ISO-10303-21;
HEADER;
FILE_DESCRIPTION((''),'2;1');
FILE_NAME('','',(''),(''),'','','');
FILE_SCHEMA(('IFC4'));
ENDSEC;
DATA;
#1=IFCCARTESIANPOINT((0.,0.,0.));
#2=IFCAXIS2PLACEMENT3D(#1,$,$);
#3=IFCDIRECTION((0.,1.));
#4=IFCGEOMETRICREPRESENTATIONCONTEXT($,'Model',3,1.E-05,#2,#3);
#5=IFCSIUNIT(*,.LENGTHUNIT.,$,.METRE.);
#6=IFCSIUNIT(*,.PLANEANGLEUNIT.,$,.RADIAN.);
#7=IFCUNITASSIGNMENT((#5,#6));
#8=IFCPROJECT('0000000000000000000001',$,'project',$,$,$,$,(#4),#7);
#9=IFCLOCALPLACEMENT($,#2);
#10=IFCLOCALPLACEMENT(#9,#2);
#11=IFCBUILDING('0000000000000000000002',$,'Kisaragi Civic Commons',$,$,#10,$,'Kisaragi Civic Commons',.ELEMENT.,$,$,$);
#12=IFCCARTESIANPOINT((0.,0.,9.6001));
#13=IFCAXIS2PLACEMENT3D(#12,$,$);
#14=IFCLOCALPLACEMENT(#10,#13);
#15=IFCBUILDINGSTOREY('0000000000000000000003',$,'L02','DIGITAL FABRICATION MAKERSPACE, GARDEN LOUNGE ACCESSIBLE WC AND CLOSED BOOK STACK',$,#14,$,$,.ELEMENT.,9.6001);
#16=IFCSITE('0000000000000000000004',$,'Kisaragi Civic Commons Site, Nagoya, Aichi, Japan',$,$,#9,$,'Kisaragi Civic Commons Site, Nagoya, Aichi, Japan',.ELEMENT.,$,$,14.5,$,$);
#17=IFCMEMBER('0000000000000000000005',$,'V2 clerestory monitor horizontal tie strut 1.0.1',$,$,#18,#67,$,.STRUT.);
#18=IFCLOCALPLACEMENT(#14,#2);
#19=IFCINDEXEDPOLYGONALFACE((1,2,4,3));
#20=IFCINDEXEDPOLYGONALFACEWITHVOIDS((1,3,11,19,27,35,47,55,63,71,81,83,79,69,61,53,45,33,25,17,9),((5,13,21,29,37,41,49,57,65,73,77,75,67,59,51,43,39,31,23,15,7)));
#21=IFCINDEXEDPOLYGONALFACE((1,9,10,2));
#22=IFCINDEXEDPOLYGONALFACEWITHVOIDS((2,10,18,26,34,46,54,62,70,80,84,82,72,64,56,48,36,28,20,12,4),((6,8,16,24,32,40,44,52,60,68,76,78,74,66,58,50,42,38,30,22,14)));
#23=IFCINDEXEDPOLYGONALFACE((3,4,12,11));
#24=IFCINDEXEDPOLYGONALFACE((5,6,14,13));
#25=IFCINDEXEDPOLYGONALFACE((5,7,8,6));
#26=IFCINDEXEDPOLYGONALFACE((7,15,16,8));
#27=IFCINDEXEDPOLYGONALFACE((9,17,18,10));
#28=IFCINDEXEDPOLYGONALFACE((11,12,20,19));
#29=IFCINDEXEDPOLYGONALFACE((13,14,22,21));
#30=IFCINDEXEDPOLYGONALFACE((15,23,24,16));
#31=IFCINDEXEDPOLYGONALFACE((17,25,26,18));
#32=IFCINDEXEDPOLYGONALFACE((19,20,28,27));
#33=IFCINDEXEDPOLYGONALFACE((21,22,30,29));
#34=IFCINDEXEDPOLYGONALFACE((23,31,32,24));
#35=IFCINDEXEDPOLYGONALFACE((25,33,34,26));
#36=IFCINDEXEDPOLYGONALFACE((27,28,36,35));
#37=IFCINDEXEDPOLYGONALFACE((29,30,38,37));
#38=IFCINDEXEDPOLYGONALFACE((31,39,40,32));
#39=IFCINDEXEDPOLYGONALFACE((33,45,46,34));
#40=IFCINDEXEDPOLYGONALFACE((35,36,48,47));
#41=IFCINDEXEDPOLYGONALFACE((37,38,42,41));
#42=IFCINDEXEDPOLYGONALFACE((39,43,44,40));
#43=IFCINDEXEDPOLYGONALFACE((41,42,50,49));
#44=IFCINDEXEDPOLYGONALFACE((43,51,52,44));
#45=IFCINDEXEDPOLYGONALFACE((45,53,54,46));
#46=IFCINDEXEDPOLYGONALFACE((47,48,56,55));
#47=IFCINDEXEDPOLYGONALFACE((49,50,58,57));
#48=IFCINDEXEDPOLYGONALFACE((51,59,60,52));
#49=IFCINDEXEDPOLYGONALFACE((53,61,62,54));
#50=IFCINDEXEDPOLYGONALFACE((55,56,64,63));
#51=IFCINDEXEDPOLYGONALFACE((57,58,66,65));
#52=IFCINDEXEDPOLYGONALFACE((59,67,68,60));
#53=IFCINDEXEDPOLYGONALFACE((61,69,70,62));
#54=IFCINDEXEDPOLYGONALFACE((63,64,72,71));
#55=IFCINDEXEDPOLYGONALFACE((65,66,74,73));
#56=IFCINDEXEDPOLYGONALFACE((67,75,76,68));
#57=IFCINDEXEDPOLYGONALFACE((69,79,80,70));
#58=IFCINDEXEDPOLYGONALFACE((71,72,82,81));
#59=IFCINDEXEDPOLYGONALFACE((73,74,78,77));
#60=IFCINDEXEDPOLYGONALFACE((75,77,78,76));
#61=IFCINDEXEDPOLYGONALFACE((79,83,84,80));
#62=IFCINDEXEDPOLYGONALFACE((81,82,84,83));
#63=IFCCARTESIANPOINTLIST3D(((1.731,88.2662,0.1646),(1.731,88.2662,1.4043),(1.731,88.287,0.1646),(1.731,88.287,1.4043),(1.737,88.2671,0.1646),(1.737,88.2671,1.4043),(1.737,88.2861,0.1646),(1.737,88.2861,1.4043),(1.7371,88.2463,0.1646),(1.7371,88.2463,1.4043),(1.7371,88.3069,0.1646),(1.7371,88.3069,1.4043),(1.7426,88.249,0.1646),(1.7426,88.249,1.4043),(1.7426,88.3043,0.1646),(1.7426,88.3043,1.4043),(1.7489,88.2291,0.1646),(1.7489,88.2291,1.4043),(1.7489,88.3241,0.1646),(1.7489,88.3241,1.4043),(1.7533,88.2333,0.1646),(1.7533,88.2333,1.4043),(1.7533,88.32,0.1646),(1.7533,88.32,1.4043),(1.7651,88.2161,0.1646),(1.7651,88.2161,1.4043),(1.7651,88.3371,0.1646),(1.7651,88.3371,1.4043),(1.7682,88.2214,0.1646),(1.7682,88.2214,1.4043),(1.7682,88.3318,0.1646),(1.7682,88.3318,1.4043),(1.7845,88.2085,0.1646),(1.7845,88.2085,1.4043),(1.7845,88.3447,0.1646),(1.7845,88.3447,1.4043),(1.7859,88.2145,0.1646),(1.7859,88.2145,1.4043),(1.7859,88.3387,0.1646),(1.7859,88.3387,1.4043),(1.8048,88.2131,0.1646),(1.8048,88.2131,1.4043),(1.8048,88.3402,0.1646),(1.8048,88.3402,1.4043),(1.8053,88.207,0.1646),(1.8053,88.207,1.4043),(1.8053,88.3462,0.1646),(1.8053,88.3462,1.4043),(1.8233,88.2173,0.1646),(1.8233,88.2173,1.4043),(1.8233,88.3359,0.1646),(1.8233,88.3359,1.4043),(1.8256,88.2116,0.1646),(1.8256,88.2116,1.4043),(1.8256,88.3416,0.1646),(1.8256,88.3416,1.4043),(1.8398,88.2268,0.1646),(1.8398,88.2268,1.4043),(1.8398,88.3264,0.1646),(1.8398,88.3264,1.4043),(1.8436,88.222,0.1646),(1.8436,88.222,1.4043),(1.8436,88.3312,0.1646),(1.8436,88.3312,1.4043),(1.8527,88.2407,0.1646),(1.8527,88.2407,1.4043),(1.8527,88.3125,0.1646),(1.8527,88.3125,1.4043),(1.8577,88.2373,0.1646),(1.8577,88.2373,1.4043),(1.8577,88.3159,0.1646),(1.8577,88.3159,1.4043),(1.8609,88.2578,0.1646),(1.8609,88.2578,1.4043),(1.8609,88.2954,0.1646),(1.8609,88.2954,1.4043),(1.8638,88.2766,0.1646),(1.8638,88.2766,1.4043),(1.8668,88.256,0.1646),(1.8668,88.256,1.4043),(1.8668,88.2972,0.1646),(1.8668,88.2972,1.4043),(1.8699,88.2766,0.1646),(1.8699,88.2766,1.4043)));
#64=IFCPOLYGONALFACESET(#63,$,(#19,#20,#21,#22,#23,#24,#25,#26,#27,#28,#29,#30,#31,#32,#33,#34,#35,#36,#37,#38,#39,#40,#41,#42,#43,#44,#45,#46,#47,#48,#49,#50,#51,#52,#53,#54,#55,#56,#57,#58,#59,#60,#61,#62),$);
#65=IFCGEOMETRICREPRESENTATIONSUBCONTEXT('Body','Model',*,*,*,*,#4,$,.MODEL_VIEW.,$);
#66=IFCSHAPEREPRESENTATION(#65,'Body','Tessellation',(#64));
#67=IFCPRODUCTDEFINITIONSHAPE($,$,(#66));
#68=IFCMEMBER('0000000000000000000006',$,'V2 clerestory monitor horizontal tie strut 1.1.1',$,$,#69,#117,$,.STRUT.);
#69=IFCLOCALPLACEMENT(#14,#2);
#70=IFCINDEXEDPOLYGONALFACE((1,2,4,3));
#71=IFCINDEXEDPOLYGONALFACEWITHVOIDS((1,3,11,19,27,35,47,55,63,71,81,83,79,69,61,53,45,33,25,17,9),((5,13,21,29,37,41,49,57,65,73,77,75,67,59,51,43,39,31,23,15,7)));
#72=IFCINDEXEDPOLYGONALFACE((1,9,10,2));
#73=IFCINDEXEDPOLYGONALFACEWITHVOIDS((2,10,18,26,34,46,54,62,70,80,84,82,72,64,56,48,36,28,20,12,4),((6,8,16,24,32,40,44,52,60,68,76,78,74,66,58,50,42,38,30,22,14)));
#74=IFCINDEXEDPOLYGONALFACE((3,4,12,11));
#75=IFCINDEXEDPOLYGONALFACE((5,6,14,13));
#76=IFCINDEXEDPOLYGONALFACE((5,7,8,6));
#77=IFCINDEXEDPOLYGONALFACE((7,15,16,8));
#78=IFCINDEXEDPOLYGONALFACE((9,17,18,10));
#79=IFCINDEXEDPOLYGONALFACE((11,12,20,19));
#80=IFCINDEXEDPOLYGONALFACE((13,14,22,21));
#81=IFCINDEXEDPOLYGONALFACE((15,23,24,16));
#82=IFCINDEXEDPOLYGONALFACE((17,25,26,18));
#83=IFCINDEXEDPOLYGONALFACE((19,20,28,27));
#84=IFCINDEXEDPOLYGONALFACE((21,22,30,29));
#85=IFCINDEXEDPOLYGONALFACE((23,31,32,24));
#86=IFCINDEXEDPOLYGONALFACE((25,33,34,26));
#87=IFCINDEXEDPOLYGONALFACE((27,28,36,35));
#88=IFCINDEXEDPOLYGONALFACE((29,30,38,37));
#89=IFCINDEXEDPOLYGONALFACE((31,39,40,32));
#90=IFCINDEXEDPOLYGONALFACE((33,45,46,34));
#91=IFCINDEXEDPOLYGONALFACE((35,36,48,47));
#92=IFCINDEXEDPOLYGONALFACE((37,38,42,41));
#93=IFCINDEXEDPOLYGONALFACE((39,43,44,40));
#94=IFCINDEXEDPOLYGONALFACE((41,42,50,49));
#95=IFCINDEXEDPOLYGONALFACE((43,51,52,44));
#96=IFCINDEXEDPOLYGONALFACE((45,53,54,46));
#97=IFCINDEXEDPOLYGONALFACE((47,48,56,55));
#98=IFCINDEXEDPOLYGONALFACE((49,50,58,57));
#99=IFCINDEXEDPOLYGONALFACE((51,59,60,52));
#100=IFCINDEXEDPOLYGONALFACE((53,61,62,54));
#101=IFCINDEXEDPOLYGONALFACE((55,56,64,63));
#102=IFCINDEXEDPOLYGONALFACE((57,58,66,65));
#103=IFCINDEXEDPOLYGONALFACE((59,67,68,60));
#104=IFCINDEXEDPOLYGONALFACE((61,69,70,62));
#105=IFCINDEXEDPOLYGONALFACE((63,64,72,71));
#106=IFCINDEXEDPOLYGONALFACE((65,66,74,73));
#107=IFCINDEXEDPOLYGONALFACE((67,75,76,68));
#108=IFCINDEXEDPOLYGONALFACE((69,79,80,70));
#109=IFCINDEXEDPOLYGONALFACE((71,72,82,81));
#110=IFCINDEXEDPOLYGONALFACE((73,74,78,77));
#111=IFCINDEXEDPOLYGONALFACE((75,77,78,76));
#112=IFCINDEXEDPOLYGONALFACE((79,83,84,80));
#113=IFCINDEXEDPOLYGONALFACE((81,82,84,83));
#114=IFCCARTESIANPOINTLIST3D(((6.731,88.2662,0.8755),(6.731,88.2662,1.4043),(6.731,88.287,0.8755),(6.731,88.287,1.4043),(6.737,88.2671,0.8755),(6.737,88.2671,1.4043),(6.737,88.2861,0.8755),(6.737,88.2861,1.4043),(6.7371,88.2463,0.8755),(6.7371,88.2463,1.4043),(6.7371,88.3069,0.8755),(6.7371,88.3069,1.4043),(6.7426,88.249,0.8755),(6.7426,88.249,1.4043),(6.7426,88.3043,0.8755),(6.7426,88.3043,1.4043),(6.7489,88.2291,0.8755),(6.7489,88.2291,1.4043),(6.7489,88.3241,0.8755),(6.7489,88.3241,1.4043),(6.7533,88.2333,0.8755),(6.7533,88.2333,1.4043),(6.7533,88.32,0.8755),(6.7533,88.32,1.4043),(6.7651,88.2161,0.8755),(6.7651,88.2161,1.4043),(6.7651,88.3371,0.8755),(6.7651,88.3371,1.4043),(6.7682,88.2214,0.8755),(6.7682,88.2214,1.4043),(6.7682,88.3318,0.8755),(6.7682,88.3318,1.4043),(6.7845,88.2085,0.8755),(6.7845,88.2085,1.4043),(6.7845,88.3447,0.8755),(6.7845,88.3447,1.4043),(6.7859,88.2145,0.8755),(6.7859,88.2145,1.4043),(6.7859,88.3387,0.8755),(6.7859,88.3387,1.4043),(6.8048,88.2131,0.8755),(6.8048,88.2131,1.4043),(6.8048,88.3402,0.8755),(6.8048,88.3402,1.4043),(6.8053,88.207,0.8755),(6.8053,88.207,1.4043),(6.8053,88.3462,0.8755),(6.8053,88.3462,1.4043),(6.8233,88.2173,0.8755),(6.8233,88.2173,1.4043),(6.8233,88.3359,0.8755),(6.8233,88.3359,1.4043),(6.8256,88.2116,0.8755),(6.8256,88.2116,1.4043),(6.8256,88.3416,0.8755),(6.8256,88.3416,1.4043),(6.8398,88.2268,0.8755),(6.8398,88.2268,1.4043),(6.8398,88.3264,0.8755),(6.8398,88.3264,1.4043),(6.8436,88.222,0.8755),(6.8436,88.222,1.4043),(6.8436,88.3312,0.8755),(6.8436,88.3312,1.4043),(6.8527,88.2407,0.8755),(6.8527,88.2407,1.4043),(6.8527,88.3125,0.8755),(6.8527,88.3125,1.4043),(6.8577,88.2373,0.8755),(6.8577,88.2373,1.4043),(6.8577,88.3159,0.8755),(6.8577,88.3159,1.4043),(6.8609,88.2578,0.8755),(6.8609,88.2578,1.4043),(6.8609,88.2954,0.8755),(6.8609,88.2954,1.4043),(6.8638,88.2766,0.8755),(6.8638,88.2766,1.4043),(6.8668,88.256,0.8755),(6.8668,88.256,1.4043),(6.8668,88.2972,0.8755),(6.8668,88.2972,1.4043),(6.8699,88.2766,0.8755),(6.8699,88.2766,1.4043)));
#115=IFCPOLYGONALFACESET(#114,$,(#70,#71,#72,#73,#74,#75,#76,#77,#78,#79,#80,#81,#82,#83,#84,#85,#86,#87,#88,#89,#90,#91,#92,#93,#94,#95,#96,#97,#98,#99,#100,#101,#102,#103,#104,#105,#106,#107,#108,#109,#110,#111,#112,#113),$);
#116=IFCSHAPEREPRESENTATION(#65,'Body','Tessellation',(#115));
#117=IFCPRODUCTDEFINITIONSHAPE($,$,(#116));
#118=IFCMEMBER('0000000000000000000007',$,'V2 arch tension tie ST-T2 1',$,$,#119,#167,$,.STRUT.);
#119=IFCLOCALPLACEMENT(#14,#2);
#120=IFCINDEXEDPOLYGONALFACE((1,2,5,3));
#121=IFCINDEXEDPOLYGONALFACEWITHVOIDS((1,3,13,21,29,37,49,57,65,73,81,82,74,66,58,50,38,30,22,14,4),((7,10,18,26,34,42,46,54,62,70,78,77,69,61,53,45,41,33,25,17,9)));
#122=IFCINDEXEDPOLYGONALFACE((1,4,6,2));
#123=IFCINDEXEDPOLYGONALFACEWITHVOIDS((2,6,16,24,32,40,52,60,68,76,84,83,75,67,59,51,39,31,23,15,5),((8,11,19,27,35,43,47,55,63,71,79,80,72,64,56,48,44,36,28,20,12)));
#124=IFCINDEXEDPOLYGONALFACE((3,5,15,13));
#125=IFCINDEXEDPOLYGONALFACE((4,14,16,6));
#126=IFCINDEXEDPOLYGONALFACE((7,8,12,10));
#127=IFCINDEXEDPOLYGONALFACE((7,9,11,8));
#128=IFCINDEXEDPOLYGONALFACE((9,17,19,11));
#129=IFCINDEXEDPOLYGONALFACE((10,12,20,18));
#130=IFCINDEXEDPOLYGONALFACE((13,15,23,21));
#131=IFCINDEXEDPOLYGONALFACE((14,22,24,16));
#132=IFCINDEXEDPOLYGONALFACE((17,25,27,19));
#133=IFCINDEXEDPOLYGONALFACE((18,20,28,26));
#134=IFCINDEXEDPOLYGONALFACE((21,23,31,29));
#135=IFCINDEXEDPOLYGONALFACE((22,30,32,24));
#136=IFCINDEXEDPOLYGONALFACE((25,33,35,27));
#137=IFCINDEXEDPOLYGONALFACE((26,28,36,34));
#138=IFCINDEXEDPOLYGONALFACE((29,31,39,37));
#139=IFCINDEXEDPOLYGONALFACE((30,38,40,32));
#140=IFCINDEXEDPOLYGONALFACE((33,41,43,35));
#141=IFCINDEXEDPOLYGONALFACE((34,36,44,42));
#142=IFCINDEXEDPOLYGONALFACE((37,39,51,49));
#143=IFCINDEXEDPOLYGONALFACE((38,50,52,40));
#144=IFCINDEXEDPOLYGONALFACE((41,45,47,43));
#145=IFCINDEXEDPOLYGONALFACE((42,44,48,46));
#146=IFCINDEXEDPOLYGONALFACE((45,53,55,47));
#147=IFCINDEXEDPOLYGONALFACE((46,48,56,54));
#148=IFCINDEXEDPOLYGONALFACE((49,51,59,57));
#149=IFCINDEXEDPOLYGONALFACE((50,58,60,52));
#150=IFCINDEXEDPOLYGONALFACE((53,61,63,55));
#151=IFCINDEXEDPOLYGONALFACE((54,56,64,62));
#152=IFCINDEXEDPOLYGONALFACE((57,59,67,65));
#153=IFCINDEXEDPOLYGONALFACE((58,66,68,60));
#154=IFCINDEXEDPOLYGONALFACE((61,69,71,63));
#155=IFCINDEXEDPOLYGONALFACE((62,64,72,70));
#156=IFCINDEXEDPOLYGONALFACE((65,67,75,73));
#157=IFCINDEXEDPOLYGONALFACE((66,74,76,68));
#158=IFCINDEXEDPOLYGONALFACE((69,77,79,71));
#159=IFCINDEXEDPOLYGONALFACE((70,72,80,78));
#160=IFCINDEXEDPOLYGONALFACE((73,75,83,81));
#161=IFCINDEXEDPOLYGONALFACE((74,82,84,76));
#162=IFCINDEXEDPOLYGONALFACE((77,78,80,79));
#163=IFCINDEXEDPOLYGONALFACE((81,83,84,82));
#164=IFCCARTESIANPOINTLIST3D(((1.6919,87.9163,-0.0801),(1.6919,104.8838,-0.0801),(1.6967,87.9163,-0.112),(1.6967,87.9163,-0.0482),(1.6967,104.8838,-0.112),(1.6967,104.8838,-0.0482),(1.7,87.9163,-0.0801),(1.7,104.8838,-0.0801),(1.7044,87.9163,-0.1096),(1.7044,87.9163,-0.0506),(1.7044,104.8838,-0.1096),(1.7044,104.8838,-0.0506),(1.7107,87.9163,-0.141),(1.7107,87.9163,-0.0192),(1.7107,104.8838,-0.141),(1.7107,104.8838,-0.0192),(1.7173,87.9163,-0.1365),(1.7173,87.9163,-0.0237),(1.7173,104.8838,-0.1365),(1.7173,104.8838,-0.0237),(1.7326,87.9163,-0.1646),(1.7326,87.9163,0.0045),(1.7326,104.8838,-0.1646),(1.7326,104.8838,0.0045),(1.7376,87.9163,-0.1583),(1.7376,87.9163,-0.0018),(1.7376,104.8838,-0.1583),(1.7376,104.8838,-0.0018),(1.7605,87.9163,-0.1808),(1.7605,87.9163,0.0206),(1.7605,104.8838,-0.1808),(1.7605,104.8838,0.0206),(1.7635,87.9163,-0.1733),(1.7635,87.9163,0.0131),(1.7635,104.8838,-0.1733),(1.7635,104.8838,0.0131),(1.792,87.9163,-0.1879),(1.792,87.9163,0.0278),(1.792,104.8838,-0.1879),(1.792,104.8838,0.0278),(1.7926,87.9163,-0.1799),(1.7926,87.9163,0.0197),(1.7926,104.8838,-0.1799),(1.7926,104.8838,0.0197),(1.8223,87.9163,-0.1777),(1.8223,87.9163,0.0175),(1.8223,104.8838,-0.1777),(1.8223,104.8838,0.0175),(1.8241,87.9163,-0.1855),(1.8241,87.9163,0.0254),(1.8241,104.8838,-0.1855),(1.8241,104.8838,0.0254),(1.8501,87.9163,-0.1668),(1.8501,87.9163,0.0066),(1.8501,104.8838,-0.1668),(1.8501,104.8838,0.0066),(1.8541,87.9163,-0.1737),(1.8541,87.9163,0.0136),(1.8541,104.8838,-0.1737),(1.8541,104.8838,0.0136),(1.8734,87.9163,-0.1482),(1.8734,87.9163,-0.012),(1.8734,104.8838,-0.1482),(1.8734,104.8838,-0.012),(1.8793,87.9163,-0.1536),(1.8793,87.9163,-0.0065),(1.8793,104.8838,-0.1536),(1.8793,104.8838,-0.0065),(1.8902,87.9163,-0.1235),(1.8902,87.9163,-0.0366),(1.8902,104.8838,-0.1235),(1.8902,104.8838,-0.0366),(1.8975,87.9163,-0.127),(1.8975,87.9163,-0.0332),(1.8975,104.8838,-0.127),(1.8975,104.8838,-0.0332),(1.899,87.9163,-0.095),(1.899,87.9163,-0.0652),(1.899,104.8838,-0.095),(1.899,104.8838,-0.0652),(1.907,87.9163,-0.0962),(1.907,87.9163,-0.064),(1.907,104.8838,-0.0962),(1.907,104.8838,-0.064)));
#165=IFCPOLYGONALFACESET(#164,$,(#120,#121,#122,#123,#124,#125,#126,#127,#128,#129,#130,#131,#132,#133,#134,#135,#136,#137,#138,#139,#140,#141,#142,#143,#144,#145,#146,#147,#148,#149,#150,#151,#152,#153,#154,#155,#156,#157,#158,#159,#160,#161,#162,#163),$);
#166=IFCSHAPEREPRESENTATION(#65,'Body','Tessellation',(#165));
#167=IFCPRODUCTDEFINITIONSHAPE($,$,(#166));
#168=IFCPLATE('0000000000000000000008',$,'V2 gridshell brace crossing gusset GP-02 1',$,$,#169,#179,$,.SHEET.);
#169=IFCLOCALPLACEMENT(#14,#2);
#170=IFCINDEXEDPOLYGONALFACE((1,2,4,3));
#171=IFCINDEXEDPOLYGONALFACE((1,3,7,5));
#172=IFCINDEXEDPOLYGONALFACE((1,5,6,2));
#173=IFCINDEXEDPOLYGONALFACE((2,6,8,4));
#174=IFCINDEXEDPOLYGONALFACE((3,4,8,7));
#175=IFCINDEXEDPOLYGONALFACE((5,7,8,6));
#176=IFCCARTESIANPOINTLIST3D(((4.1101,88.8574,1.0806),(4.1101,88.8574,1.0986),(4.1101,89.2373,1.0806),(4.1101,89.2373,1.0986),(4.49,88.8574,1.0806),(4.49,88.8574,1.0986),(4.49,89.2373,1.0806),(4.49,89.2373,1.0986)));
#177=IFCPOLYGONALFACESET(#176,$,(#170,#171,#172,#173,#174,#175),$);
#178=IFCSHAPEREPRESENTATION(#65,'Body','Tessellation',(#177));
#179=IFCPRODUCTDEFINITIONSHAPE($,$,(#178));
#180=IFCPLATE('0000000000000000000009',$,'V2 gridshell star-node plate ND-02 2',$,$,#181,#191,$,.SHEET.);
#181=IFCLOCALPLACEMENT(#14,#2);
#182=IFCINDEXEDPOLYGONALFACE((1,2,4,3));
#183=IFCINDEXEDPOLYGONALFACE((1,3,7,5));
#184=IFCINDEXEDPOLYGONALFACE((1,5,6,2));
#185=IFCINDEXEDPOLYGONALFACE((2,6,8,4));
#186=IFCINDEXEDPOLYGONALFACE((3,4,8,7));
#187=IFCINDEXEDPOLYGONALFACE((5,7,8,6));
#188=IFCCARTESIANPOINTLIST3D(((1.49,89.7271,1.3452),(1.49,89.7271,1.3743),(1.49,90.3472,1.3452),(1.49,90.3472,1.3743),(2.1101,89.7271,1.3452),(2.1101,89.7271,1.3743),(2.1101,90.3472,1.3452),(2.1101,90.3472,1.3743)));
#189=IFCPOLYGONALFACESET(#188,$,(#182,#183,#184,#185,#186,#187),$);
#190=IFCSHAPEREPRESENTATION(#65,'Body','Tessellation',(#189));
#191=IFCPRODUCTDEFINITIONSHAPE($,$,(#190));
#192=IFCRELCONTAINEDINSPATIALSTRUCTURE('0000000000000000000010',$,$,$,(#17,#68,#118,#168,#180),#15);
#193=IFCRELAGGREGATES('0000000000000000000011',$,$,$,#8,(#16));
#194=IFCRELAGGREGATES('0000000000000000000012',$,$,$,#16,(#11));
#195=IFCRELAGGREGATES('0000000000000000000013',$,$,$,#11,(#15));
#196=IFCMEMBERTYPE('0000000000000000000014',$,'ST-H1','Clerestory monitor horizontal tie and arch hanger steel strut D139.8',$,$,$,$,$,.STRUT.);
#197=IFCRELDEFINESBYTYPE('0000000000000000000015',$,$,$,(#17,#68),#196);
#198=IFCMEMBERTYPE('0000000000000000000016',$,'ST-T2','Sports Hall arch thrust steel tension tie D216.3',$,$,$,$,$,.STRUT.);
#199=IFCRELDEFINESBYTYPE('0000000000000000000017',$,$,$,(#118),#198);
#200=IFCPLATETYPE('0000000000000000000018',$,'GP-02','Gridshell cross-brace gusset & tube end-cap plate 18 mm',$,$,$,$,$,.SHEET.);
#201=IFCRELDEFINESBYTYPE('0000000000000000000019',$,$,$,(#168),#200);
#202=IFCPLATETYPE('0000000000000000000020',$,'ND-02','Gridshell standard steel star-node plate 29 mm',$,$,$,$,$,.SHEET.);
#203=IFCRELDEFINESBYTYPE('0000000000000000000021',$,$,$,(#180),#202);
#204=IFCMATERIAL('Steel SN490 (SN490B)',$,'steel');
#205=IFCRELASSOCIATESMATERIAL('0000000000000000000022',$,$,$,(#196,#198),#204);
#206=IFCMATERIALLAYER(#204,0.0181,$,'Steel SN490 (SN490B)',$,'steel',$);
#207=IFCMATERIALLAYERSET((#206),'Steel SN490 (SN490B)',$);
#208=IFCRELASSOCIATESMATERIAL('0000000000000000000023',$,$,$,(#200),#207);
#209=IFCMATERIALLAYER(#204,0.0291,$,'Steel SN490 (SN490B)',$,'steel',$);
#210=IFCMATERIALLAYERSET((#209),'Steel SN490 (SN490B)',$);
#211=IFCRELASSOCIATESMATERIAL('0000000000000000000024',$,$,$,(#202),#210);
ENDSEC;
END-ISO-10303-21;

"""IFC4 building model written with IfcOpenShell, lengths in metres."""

from ifc_helpers import new_model, si_unit, direction, frame, origin, origin_2d, place, context, subcontext, project, spatial, rectangle, hollow_circle, extrude, material, layer, layer_set, material_profile, profile_set, type_object, element, save


model = new_model("IFC4")

# Units and contexts
model_context = context("Model", 3, precision=1e-05, world=origin(), true_north=direction((0.0, 1.0)))
body_context = subcontext(model_context, "Body", "Model", "MODEL_VIEW")
ifc_project = project(units=[si_unit("LENGTHUNIT", "METRE"), si_unit("PLANEANGLEUNIT", "RADIAN")], contexts=[model_context])

# Site, building, storey
site_placement = place(None, origin())
site = spatial("IfcSite", under=ifc_project, at=site_placement, Name="Kisaragi Civic Commons Site, Nagoya, Aichi, Japan", LongName="Kisaragi Civic Commons Site, Nagoya, Aichi, Japan", CompositionType="ELEMENT", RefElevation=14.5)
building_placement = place(site_placement, origin())
building = spatial("IfcBuilding", under=site, at=building_placement, Name="Kisaragi Civic Commons", LongName="Kisaragi Civic Commons", CompositionType="ELEMENT")
storey_placement = place(building_placement, frame((0.0, 0.0, 9.6001)))
storey = spatial("IfcBuildingStorey", under=building, at=storey_placement, Name="L02", Description="DIGITAL FABRICATION MAKERSPACE, GARDEN LOUNGE ACCESSIBLE WC AND CLOSED BOOK STACK", CompositionType="ELEMENT", Elevation=9.6001)

# Members
ifc_material_1 = material(Name="Steel SN490 (SN490B)", Category="steel")
ifc_material_profile_1 = material_profile(ifc_material_1, hollow_circle(Radius=0.0698, WallThickness=0.0061, at=origin_2d()), Name="CHS-139.8x6.0", Category="steel")
ifc_profile_set_1 = profile_set([ifc_material_profile_1], Name="Steel SN490 (SN490B)")
member_type_1 = type_object("IfcMemberType", Name="ST-H1", Description="Clerestory monitor horizontal tie and arch hanger steel strut D139.8", PredefinedType="STRUT", material=ifc_profile_set_1)
member_1_placement = place(storey_placement, frame((1.8, 88.2766, 0.1646), z_axis=(0.0, 0.0, 1.0), x_axis=(1.0, 0.0, 0.0)))
element("IfcMember", 1, at=member_1_placement, inside=storey, type_object=member_type_1, Name="V2 clerestory monitor horizontal tie strut 1.0.1", PredefinedType="STRUT", context=body_context, shape_type="SweptSolid", body=[
    extrude(hollow_circle(Radius=0.0698, WallThickness=0.0061, at=origin_2d()), origin(), (0.0, 0.0, 1.0), 1.2397),
])
member_2_placement = place(storey_placement, frame((6.8, 88.2766, 0.8755), z_axis=(0.0, 0.0, 1.0), x_axis=(1.0, 0.0, 0.0)))
element("IfcMember", 2, at=member_2_placement, inside=storey, type_object=member_type_1, Name="V2 clerestory monitor horizontal tie strut 1.1.1", PredefinedType="STRUT", context=body_context, shape_type="SweptSolid", body=[
    extrude(hollow_circle(Radius=0.0698, WallThickness=0.0061, at=origin_2d()), origin(), (0.0, 0.0, 1.0), 0.5288),
])
ifc_material_profile_2 = material_profile(ifc_material_1, hollow_circle(Radius=0.1082, WallThickness=0.0081, at=origin_2d()), Name="CHS-216.3x8.0", Category="steel")
ifc_profile_set_2 = profile_set([ifc_material_profile_2], Name="Steel SN490 (SN490B)")
member_type_2 = type_object("IfcMemberType", Name="ST-T2", Description="Sports Hall arch thrust steel tension tie D216.3", PredefinedType="STRUT", material=ifc_profile_set_2)
member_3_placement = place(storey_placement, frame((1.8, 87.9163, -0.0801), z_axis=(0.0, 1.0, 0.0), x_axis=(-1.0, 0.0, 0.0)))
element("IfcMember", 3, at=member_3_placement, inside=storey, type_object=member_type_2, Name="V2 arch tension tie ST-T2 1", PredefinedType="STRUT", context=body_context, shape_type="SweptSolid", body=[
    extrude(hollow_circle(Radius=0.1082, WallThickness=0.0081, at=origin_2d()), origin(), (0.0, 0.0, 1.0), 16.9675),
])

# Plates
ifc_layer_1 = layer(ifc_material_1, 0.0181, Name="Steel SN490 (SN490B)", Category="steel")
ifc_layer_set_1 = layer_set([ifc_layer_1], Name="Steel SN490 (SN490B)")
plate_type_1 = type_object("IfcPlateType", Name="GP-02", Description="Gridshell cross-brace gusset & tube end-cap plate 18 mm", PredefinedType="SHEET", material=ifc_layer_set_1)
plate_1_placement = place(storey_placement, frame((4.3, 89.0474, 1.0806), z_axis=(0.0, 0.0, 1.0), x_axis=(1.0, 0.0, 0.0)))
element("IfcPlate", 4, at=plate_1_placement, inside=storey, type_object=plate_type_1, Name="V2 gridshell brace crossing gusset GP-02 1", PredefinedType="SHEET", context=body_context, shape_type="SweptSolid", body=[
    extrude(rectangle(XDim=0.3799, YDim=0.3799, at=origin_2d()), origin(), (0.0, 0.0, 1.0), 0.0181),
])
ifc_layer_2 = layer(ifc_material_1, 0.0291, Name="Steel SN490 (SN490B)", Category="steel")
ifc_layer_set_2 = layer_set([ifc_layer_2], Name="Steel SN490 (SN490B)")
plate_type_2 = type_object("IfcPlateType", Name="ND-02", Description="Gridshell standard steel star-node plate 29 mm", PredefinedType="SHEET", material=ifc_layer_set_2)
for number, where, z_axis, x_axis, name in (
    (5, (1.8, 90.0371, 1.3452), (0.0, 0.0, 1.0), (1.0, 0.0, 0.0), "V2 gridshell star-node plate ND-02 2"),
):
    element("IfcPlate", number, at=place(storey_placement, frame(where, z_axis=z_axis, x_axis=x_axis)), inside=storey, type_object=plate_type_2, Name=name, PredefinedType="SHEET", context=body_context, shape_type="SweptSolid", body=[
        extrude(rectangle(XDim=0.6201, YDim=0.6201, at=origin_2d()), origin(), (0.0, 0.0, 1.0), 0.0291),
    ])

save(model, "model.ifc")
